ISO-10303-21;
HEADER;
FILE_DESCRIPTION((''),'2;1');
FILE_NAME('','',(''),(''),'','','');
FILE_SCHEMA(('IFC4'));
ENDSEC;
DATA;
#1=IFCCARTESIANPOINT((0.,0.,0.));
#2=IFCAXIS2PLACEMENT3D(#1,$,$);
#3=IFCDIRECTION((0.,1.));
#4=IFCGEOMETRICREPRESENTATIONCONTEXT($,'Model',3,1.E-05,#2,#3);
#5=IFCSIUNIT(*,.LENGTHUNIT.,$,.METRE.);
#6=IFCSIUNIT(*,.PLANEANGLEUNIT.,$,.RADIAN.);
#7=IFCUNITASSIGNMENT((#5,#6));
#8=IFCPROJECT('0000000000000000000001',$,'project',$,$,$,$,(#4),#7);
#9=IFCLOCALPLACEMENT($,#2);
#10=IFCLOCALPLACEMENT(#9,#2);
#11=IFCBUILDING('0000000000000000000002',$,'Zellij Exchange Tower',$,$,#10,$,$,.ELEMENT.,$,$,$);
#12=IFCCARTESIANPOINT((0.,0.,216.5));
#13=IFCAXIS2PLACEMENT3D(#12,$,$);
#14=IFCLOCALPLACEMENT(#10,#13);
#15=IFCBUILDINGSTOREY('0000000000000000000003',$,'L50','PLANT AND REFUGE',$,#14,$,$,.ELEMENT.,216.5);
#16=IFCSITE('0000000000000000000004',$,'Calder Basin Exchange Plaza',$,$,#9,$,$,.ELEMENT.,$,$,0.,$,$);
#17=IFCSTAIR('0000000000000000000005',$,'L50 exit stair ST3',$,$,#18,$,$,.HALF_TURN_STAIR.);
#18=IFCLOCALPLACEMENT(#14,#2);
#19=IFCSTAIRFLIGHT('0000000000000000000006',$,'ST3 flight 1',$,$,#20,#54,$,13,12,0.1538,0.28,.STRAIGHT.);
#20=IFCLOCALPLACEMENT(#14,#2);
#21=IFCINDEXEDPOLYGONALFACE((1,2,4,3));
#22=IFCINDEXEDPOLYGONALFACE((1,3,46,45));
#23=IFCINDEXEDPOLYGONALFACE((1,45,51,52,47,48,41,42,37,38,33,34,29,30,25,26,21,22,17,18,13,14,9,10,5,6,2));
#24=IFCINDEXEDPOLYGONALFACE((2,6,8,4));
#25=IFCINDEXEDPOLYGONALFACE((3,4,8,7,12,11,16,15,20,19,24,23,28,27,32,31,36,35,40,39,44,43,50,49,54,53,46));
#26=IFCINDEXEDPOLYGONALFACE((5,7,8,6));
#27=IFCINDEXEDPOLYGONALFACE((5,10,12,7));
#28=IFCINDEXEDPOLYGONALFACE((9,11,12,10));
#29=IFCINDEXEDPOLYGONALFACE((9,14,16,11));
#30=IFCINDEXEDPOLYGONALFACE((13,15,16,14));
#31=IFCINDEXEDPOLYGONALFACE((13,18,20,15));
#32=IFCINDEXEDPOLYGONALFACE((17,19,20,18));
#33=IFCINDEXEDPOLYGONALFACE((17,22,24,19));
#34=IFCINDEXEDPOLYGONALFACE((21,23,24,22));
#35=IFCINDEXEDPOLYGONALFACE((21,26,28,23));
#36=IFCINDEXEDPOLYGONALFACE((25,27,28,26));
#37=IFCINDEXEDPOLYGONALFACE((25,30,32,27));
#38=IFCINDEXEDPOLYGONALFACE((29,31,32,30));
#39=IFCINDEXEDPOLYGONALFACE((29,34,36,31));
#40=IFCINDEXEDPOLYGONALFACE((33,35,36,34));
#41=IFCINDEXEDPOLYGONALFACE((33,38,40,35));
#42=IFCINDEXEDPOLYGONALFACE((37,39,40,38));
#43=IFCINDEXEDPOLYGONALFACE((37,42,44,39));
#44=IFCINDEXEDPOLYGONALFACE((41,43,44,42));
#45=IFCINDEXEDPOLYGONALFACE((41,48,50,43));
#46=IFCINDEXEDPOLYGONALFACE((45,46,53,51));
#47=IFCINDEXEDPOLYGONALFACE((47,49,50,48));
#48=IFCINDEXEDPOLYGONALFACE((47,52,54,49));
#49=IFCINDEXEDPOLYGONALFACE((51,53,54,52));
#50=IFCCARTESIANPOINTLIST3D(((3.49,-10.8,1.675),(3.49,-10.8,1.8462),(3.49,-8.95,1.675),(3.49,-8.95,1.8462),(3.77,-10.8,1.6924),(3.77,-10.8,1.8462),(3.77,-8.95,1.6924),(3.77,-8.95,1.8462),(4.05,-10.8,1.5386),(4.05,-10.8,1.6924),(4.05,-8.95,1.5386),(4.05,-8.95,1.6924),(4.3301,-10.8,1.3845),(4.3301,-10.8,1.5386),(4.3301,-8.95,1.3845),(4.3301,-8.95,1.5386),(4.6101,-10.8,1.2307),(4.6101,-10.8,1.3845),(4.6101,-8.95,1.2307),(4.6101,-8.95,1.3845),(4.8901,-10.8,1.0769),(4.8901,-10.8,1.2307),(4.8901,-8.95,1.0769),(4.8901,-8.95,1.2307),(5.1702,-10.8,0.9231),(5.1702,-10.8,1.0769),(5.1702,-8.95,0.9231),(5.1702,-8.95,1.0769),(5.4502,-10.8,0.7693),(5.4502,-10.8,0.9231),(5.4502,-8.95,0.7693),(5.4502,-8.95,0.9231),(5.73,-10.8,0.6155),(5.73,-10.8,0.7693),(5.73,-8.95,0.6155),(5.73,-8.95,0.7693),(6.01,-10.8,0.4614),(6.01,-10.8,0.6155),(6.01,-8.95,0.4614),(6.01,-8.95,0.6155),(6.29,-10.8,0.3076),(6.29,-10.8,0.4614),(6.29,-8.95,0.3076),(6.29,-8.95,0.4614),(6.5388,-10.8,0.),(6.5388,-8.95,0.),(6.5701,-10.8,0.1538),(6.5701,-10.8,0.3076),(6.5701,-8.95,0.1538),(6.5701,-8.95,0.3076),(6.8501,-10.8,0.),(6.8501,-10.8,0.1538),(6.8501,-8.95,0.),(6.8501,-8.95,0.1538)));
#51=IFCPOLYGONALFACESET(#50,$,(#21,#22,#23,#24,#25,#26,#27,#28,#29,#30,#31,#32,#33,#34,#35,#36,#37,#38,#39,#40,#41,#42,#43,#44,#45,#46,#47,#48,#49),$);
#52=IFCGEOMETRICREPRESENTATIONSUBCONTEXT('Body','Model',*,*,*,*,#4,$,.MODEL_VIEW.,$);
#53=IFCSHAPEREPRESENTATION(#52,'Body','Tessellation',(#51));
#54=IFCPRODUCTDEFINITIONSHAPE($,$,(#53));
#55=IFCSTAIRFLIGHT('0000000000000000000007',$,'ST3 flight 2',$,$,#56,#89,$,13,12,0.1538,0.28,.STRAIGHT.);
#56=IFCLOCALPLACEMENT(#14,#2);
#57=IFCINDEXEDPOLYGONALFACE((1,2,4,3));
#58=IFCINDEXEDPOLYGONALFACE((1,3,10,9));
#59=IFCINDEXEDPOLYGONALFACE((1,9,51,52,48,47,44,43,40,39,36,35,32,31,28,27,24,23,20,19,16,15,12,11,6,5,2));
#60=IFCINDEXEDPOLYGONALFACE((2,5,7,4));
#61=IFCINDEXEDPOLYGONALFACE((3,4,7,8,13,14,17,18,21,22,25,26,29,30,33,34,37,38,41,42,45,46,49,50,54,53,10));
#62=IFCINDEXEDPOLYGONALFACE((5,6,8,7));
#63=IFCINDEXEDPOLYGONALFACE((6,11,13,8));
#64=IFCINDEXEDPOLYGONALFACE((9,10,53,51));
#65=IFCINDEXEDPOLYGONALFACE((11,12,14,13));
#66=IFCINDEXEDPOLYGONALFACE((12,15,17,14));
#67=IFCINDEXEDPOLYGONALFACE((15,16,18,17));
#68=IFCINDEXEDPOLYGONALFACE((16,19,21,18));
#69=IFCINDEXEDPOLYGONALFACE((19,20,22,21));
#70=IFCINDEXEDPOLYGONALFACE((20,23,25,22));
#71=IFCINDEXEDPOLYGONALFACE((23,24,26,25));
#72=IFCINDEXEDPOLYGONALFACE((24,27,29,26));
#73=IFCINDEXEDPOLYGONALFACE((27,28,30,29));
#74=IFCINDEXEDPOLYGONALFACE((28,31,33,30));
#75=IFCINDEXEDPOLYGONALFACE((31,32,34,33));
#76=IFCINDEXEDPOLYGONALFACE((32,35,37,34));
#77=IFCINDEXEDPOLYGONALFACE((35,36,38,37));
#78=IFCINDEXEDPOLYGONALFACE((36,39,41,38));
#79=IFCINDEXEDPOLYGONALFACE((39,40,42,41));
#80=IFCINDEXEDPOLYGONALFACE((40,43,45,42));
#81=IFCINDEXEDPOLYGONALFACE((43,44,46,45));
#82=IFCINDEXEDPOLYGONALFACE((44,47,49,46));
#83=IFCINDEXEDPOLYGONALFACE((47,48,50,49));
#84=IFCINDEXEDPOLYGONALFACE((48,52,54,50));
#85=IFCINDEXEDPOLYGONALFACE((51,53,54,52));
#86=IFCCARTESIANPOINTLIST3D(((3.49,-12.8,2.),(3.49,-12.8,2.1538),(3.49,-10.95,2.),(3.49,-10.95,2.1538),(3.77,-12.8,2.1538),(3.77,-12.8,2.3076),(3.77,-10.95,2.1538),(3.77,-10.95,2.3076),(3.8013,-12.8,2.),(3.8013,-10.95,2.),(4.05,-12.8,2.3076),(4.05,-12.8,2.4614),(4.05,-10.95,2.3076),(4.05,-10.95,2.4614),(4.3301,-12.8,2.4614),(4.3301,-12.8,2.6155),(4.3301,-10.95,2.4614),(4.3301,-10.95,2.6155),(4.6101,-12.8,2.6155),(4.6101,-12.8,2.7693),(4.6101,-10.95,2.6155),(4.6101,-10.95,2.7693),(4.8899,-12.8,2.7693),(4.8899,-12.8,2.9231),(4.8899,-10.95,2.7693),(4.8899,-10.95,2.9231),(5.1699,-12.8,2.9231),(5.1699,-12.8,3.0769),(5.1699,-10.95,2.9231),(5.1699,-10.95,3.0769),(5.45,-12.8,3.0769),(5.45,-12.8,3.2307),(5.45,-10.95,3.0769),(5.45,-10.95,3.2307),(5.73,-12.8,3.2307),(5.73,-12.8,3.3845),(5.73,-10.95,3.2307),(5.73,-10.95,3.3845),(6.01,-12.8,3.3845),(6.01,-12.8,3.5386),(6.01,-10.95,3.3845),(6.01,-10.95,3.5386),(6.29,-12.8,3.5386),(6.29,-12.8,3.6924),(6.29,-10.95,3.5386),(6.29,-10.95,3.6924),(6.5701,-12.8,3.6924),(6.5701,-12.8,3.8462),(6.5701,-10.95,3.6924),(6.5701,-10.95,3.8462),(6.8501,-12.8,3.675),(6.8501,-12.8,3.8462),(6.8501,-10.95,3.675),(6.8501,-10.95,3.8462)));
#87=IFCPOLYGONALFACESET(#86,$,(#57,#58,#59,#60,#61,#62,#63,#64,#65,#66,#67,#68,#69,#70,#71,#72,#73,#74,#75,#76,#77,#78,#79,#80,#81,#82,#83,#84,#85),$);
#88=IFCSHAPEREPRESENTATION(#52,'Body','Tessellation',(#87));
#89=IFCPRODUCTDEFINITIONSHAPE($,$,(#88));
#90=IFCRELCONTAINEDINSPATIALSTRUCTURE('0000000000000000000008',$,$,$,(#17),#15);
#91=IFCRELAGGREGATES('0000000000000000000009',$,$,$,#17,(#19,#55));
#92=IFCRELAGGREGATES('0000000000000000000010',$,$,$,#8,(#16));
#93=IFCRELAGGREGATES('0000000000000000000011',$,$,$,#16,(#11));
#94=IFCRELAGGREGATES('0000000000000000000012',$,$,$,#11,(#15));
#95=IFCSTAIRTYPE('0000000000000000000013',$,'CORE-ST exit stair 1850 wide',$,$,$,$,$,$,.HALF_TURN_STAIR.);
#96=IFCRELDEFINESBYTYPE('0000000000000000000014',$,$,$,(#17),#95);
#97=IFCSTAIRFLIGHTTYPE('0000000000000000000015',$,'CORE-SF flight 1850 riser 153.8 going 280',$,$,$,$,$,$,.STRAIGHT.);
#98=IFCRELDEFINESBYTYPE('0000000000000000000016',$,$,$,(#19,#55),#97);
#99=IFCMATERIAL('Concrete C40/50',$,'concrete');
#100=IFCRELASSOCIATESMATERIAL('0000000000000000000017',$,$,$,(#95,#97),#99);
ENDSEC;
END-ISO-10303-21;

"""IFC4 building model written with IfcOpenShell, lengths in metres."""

from ifc_helpers import new_model, si_unit, direction, frame, origin, place, context, subcontext, project, spatial, polyline, outline, extrude, material, type_object, element, aggregate, save


model = new_model("IFC4")

# Units and contexts
model_context = context("Model", 3, precision=1e-05, world=origin(), true_north=direction((0.0, 1.0)))
body_context = subcontext(model_context, "Body", "Model", "MODEL_VIEW")
ifc_project = project(units=[si_unit("LENGTHUNIT", "METRE"), si_unit("PLANEANGLEUNIT", "RADIAN")], contexts=[model_context])

# Site, building, storey
site_placement = place(None, origin())
site = spatial("IfcSite", under=ifc_project, at=site_placement, Name="Calder Basin Exchange Plaza", CompositionType="ELEMENT", RefElevation=0.0)
building_placement = place(site_placement, origin())
building = spatial("IfcBuilding", under=site, at=building_placement, Name="Zellij Exchange Tower", CompositionType="ELEMENT")
storey_placement = place(building_placement, frame((0.0, 0.0, 216.5)))
storey = spatial("IfcBuildingStorey", under=building, at=storey_placement, Name="L50", Description="PLANT AND REFUGE", CompositionType="ELEMENT", Elevation=216.5)

# Stair, stair flights
ifc_material_1 = material(Name="Concrete C40/50", Category="concrete")
stair_type = type_object("IfcStairType", Name="CORE-ST exit stair 1850 wide", PredefinedType="HALF_TURN_STAIR", material=ifc_material_1)
stair_placement = place(storey_placement, origin())
stair = element("IfcStair", 1, at=stair_placement, inside=storey, type_object=stair_type, Name="L50 exit stair ST3", PredefinedType="HALF_TURN_STAIR")
stair_flight_type = type_object("IfcStairFlightType", Name="CORE-SF flight 1850 riser 153.8 going 280", PredefinedType="STRAIGHT", material=ifc_material_1)
stair_flight_1_placement = place(storey_placement, frame((6.8501, -9.875, 0.0), z_axis=(0.0, 0.0, 1.0), x_axis=(-1.0, 0.0, 0.0)))
stair_flight_1 = element("IfcStairFlight", 2, at=stair_flight_1_placement, type_object=stair_flight_type, Name="ST3 flight 1", NumberOfRisers=13, NumberOfTreads=12, PredefinedType="STRAIGHT", RiserHeight=0.1538, TreadLength=0.28, context=body_context, shape_type="SweptSolid", body=[
    extrude(outline(polyline([(0.0, 0.0), (0.0, 0.1538), (0.28, 0.1538), (0.28, 0.3076), (0.5601, 0.3076), (0.5601, 0.4614), (0.8401, 0.4614), (0.8401, 0.6155), (1.1201, 0.6155), (1.1201, 0.7693), (1.3999, 0.7693), (1.3999, 0.9231), (1.6799, 0.9231), (1.6799, 1.0769), (1.96, 1.0769), (1.96, 1.2307), (2.24, 1.2307), (2.24, 1.3845), (2.52, 1.3845), (2.52, 1.5386), (2.8, 1.5386), (2.8, 1.6924), (3.0801, 1.6924), (3.0801, 1.8462), (3.3601, 1.8462), (3.3601, 2.0), (3.3601, 1.675), (0.3113, 0.0), (0.0, 0.0)])), frame((0.0, 0.925, 0.0), z_axis=(0.0, -1.0, 0.0), x_axis=(1.0, 0.0, 0.0)), (0.0, 0.0, 1.0), 1.8501),
])
stair_flight_2_placement = place(storey_placement, frame((3.49, -11.875, 2.0), z_axis=(0.0, 0.0, 1.0), x_axis=(1.0, 0.0, 0.0)))
stair_flight_2 = element("IfcStairFlight", 3, at=stair_flight_2_placement, type_object=stair_flight_type, Name="ST3 flight 2", NumberOfRisers=13, NumberOfTreads=12, PredefinedType="STRAIGHT", RiserHeight=0.1538, TreadLength=0.28, context=body_context, shape_type="SweptSolid", body=[
    extrude(outline(polyline([(0.0, 0.0), (0.0, 0.1538), (0.28, 0.1538), (0.28, 0.3076), (0.5601, 0.3076), (0.5601, 0.4614), (0.8401, 0.4614), (0.8401, 0.6155), (1.1201, 0.6155), (1.1201, 0.7693), (1.3999, 0.7693), (1.3999, 0.9231), (1.6799, 0.9231), (1.6799, 1.0769), (1.96, 1.0769), (1.96, 1.2307), (2.24, 1.2307), (2.24, 1.3845), (2.52, 1.3845), (2.52, 1.5386), (2.8, 1.5386), (2.8, 1.6924), (3.0801, 1.6924), (3.0801, 1.8462), (3.3601, 1.8462), (3.3601, 2.0), (3.3601, 1.675), (0.3113, 0.0), (0.0, 0.0)])), frame((0.0, 0.925, 0.0), z_axis=(0.0, -1.0, 0.0), x_axis=(1.0, 0.0, 0.0)), (0.0, 0.0, 1.0), 1.8501),
])
aggregate(stair, [stair_flight_1, stair_flight_2])

save(model, "model.ifc")
